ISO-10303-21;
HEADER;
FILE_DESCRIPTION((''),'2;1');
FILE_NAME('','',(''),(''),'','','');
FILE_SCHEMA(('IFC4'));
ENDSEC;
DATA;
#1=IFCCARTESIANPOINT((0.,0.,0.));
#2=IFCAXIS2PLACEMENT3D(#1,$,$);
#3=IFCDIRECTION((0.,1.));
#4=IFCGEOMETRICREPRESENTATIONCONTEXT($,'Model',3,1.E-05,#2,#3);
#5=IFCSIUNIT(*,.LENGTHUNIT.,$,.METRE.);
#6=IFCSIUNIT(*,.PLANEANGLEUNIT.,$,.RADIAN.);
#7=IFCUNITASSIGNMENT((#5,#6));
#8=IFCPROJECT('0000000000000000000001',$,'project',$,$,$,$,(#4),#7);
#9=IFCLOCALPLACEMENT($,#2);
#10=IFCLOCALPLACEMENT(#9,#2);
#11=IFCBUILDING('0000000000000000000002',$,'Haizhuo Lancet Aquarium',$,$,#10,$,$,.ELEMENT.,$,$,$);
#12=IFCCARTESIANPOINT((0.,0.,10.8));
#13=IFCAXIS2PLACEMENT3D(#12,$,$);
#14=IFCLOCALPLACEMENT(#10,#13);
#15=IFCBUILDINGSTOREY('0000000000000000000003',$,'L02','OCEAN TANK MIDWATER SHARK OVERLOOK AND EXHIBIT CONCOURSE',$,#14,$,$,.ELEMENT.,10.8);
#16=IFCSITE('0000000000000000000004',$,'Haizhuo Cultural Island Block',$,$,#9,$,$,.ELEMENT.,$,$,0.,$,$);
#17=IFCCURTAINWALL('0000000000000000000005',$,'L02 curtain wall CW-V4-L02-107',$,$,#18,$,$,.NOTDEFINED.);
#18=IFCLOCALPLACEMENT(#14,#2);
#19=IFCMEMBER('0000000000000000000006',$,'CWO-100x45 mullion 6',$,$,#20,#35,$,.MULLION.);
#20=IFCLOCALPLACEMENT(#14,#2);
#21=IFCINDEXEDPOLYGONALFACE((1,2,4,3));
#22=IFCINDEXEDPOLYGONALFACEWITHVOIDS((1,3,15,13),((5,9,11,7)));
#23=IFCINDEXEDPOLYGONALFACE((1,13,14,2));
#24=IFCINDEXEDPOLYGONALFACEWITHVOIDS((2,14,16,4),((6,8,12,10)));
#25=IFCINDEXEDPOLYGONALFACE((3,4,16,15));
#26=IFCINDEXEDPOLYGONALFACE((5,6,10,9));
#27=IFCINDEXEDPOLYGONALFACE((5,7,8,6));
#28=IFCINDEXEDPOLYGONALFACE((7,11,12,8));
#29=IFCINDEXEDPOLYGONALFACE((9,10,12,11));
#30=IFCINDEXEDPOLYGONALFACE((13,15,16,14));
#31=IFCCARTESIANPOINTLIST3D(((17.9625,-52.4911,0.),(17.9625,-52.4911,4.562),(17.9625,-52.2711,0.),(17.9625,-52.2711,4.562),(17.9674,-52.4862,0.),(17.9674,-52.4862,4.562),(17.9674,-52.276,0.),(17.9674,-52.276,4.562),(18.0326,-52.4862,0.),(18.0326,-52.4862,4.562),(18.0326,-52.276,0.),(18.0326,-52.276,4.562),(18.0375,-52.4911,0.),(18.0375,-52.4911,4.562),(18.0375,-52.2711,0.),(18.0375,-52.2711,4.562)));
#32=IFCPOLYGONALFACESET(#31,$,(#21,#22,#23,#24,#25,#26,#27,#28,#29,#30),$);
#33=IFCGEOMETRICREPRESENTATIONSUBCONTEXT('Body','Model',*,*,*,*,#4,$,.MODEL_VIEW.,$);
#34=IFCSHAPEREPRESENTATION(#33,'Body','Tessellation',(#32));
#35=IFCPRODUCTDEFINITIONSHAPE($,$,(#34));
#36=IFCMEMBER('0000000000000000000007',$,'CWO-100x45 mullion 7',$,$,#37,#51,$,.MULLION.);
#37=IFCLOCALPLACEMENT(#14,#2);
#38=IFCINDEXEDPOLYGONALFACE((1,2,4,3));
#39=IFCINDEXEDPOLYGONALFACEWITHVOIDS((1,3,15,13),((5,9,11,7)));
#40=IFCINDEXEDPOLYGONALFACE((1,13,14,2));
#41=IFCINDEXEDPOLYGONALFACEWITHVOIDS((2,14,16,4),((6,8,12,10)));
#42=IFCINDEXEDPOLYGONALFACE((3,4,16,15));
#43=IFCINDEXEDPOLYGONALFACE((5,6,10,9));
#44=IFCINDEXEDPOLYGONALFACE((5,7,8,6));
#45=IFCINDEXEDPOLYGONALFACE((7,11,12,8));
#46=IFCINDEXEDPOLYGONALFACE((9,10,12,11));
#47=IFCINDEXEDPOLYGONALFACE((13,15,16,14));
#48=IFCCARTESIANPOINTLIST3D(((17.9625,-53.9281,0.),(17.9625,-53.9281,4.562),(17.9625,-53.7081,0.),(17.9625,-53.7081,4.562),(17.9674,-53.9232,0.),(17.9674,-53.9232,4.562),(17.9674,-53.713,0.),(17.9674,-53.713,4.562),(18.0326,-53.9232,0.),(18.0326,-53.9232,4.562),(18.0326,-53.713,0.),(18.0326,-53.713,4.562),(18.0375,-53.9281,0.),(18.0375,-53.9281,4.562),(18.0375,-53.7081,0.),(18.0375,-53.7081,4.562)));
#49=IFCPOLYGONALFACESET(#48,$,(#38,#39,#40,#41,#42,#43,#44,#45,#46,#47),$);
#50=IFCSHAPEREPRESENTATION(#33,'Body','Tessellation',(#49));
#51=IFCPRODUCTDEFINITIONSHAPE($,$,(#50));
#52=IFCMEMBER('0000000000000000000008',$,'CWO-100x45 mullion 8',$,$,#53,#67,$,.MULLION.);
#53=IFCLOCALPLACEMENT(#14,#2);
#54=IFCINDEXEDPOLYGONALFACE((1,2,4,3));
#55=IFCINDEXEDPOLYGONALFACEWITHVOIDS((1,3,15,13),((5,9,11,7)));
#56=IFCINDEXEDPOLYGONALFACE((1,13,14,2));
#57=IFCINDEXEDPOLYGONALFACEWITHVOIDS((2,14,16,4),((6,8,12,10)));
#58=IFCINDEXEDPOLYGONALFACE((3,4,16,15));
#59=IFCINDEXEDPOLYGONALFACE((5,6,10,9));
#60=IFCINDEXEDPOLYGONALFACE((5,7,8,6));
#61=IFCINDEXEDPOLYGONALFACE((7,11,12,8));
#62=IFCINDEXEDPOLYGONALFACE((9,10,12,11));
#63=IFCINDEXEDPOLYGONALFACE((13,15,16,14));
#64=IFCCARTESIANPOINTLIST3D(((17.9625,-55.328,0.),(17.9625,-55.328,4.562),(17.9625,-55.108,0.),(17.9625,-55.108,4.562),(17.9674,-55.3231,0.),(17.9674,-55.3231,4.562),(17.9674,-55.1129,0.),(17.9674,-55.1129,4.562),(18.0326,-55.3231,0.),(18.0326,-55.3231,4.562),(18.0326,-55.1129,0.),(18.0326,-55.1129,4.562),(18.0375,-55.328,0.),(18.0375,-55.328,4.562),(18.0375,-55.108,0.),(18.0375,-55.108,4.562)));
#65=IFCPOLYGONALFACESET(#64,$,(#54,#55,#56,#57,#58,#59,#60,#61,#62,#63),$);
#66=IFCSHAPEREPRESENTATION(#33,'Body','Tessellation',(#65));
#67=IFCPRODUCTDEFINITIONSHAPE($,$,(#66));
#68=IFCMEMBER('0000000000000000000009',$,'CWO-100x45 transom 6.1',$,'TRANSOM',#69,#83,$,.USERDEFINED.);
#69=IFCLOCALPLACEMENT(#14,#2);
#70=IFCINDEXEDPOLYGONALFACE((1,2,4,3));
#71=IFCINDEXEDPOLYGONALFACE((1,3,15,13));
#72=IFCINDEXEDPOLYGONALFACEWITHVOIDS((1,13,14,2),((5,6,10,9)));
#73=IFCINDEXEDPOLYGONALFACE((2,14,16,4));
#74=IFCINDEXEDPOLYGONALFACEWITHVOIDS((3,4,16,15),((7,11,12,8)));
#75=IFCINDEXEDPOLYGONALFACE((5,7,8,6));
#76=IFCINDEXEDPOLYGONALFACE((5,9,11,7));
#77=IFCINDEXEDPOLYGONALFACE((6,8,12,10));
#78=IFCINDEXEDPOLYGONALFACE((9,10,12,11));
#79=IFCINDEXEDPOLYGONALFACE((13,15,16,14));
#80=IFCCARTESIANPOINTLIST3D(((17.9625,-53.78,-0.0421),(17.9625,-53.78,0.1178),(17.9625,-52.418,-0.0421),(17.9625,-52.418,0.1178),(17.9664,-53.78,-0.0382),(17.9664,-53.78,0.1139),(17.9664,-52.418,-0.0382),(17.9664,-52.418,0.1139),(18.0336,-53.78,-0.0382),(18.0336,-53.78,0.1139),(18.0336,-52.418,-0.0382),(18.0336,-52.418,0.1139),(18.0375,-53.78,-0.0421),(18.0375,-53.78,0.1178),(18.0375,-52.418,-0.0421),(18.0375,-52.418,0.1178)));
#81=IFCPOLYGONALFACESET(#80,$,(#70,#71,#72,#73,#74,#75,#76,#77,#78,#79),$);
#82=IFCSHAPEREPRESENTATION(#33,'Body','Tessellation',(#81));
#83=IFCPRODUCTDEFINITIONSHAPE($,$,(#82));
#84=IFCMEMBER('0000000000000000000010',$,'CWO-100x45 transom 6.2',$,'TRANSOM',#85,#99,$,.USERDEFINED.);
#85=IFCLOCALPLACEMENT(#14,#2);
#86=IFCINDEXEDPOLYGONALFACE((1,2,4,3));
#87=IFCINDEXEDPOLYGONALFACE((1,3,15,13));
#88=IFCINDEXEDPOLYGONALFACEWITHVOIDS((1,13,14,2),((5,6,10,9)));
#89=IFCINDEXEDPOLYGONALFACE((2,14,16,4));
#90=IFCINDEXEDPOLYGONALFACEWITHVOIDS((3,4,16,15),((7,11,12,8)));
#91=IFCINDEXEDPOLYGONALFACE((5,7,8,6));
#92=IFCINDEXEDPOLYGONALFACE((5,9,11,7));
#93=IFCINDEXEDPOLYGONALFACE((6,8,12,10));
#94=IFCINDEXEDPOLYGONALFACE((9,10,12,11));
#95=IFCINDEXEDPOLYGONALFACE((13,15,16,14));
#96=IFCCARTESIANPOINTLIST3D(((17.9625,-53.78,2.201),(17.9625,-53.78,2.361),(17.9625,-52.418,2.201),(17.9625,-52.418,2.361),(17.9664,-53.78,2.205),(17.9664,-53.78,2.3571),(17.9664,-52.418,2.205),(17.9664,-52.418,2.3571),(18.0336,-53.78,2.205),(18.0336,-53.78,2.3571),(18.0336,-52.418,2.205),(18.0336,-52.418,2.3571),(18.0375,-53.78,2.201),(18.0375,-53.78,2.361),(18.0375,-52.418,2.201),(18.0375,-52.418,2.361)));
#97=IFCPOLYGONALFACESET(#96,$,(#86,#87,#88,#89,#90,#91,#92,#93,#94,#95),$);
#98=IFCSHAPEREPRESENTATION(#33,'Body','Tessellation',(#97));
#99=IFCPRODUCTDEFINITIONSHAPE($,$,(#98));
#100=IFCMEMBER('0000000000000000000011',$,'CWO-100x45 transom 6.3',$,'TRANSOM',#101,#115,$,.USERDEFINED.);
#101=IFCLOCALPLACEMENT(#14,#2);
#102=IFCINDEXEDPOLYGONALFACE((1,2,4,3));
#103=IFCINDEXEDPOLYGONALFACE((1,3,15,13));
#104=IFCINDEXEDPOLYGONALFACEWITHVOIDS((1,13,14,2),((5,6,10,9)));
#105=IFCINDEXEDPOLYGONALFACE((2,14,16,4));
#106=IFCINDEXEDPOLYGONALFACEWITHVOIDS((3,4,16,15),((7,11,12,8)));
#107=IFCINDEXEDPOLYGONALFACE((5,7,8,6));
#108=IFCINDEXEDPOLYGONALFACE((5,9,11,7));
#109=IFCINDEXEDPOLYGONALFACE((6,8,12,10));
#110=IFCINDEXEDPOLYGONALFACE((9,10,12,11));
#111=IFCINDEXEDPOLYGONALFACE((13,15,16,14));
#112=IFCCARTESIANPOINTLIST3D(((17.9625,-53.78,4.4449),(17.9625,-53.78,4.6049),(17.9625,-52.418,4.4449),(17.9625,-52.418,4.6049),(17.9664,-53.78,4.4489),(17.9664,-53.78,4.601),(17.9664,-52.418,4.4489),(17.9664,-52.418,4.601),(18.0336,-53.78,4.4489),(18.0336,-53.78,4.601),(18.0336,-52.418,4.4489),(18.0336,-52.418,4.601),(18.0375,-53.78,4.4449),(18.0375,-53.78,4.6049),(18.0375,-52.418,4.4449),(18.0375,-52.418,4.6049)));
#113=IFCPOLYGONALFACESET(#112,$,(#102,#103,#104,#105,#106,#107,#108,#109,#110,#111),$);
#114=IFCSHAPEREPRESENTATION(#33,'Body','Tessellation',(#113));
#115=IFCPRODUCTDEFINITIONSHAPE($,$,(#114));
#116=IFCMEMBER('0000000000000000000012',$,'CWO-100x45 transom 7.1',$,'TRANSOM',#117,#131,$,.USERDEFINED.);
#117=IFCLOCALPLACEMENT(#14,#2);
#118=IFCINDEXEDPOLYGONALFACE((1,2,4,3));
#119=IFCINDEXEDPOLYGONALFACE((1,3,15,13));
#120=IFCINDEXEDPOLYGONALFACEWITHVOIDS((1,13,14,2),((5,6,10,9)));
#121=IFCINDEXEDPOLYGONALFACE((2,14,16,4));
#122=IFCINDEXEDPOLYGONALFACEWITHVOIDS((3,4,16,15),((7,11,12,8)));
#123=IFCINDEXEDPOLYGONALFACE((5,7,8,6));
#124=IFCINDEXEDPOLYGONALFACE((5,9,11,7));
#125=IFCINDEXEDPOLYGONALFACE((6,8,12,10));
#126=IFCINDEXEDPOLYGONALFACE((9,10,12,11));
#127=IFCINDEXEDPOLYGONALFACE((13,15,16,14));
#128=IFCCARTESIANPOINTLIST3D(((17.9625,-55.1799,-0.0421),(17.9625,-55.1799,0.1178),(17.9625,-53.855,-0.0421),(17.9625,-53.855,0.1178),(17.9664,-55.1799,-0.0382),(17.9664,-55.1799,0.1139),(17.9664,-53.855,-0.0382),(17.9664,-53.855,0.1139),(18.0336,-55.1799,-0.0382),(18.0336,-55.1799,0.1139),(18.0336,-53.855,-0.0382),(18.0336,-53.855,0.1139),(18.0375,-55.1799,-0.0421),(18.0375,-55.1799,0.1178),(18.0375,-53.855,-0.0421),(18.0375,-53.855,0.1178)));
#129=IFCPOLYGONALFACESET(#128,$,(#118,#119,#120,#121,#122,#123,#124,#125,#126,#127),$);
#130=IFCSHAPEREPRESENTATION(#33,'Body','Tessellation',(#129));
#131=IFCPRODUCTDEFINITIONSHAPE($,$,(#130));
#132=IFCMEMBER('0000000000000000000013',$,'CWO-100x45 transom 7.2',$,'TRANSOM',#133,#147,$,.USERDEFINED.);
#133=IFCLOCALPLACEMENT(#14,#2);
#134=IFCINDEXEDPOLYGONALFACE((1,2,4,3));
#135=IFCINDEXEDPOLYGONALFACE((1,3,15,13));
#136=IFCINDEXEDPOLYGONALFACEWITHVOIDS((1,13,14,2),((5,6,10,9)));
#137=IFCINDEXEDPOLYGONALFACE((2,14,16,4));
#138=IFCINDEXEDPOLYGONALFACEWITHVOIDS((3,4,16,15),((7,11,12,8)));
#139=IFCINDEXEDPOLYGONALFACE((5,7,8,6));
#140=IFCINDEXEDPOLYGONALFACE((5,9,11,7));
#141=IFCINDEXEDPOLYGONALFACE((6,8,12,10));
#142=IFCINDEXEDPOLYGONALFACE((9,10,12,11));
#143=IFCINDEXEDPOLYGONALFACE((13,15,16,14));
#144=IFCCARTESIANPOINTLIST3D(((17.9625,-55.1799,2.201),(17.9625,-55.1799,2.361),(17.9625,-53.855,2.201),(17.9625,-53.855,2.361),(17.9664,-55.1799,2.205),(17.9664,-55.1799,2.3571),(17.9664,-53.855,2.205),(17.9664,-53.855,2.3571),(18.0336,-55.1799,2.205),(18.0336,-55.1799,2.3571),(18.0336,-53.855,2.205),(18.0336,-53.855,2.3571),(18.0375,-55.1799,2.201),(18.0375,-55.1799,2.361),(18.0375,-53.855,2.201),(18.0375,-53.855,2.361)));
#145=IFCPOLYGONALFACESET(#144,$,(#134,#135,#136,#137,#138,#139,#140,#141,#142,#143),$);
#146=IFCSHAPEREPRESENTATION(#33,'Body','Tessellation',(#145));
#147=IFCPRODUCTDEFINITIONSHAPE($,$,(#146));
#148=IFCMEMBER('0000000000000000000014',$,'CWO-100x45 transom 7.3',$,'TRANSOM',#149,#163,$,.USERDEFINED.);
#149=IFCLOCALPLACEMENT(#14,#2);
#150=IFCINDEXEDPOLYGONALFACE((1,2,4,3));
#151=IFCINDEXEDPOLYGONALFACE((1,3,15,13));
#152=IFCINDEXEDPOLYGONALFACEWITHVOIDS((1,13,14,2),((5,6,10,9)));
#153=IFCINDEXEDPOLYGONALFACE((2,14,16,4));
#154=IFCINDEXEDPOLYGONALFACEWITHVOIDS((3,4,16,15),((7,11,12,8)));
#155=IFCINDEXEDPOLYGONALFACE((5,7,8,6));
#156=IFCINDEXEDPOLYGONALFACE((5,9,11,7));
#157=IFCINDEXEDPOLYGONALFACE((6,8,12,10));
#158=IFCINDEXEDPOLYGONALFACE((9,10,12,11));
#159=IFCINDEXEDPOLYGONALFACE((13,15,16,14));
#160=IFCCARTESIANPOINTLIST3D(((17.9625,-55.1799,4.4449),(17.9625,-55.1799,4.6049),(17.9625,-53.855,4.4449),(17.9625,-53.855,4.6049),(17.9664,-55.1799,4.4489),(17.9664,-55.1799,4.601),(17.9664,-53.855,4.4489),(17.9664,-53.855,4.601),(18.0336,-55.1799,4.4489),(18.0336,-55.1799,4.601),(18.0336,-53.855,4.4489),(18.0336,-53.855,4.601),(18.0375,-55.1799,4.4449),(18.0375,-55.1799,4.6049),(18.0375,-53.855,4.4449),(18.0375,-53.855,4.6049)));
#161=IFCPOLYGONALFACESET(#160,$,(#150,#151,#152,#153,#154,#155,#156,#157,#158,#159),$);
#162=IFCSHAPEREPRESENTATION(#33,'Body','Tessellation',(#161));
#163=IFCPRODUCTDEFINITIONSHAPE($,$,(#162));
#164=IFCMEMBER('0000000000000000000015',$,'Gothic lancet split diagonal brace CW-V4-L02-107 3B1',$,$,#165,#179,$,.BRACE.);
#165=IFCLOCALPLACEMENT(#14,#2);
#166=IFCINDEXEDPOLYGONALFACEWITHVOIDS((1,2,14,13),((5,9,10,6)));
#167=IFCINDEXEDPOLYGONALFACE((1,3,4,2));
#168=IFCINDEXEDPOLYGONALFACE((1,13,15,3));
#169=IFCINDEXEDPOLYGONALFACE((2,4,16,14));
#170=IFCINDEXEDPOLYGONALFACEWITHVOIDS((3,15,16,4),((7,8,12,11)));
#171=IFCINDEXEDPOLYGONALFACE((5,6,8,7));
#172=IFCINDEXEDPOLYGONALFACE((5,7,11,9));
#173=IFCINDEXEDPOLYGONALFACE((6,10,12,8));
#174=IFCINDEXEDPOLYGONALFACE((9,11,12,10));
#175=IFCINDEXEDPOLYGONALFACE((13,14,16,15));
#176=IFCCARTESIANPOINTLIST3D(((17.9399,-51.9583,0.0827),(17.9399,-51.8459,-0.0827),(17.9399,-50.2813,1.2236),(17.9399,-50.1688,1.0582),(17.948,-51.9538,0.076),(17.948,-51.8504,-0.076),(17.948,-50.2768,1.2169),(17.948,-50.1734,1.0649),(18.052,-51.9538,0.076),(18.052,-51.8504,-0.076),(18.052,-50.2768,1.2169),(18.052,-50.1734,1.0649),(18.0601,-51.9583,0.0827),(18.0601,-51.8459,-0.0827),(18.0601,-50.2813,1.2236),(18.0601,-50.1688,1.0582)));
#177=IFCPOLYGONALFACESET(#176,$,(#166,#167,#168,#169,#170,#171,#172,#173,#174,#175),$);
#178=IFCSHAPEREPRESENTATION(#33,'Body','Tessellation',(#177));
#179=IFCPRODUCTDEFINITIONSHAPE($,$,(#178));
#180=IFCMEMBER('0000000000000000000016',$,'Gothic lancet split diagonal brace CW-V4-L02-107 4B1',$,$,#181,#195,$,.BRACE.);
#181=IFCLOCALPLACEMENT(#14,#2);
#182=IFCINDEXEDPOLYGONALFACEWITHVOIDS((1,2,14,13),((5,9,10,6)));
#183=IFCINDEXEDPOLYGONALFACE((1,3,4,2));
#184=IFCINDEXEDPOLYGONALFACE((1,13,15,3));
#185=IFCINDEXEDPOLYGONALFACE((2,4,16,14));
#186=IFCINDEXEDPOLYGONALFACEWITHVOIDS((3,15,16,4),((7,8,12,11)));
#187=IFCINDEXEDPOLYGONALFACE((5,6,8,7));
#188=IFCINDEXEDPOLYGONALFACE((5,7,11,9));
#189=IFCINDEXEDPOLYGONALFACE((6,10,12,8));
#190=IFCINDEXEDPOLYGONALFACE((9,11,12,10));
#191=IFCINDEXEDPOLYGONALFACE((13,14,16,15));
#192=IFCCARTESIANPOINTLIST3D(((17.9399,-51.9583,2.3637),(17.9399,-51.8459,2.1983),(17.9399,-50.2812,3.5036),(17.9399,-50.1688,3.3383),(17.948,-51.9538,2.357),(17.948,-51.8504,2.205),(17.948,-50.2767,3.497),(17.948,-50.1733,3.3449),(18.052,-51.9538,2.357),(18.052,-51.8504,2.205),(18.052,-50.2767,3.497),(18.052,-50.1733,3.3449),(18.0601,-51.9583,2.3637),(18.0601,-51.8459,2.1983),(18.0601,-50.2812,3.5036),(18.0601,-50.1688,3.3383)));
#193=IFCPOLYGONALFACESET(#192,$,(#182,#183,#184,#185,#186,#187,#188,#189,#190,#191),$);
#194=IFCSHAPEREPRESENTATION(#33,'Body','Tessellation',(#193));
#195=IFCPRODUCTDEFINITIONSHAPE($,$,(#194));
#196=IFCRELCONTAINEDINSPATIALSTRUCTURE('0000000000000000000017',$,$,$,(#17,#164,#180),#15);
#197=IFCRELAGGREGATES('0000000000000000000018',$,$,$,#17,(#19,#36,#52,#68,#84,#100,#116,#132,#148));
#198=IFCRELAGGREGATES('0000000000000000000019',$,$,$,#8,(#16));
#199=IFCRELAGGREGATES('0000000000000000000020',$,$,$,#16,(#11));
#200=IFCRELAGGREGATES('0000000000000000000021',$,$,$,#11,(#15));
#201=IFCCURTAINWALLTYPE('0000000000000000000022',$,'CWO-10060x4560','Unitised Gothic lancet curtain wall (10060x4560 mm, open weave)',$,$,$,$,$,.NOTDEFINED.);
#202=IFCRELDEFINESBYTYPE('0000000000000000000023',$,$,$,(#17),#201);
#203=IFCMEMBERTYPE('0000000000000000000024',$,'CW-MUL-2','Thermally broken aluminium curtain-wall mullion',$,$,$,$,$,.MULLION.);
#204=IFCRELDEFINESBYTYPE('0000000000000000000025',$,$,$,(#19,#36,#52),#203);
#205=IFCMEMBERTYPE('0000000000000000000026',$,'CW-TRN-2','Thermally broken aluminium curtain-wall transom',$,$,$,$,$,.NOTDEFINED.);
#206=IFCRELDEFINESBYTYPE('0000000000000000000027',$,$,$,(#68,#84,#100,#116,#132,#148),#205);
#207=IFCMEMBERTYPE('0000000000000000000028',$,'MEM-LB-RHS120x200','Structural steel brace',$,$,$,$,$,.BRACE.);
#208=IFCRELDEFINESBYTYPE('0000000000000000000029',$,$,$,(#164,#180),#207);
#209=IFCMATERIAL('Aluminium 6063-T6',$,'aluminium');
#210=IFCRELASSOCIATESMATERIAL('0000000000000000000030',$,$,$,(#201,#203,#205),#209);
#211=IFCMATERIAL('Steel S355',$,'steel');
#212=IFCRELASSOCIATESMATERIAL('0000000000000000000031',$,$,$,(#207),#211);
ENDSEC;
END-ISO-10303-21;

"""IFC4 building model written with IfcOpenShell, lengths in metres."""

from ifc_helpers import new_model, si_unit, direction, frame, origin, origin_2d, place, context, subcontext, project, spatial, hollow_rectangle, extrude, material, material_profile, profile_set, type_object, element, aggregate, save


model = new_model("IFC4")

# Units and contexts
model_context = context("Model", 3, precision=1e-05, world=origin(), true_north=direction((0.0, 1.0)))
body_context = subcontext(model_context, "Body", "Model", "MODEL_VIEW")
ifc_project = project(units=[si_unit("LENGTHUNIT", "METRE"), si_unit("PLANEANGLEUNIT", "RADIAN")], contexts=[model_context])

# Site, building, storey
site_placement = place(None, origin())
site = spatial("IfcSite", under=ifc_project, at=site_placement, Name="Haizhuo Cultural Island Block", CompositionType="ELEMENT", RefElevation=0.0)
building_placement = place(site_placement, origin())
building = spatial("IfcBuilding", under=site, at=building_placement, Name="Haizhuo Lancet Aquarium", CompositionType="ELEMENT")
storey_placement = place(building_placement, frame((0.0, 0.0, 10.8)))
storey = spatial("IfcBuildingStorey", under=building, at=storey_placement, Name="L02", Description="OCEAN TANK MIDWATER SHARK OVERLOOK AND EXHIBIT CONCOURSE", CompositionType="ELEMENT", Elevation=10.8)

# Curtain wall, members
ifc_material_1 = material(Name="Aluminium 6063-T6", Category="aluminium")
curtain_wall_type = type_object("IfcCurtainWallType", Name="CWO-10060x4560", Description="Unitised Gothic lancet curtain wall (10060x4560 mm, open weave)", PredefinedType="NOTDEFINED", material=ifc_material_1)
curtain_wall_placement = place(storey_placement, origin())
curtain_wall = element("IfcCurtainWall", 1, at=curtain_wall_placement, inside=storey, type_object=curtain_wall_type, Name="L02 curtain wall CW-V4-L02-107", PredefinedType="NOTDEFINED")
ifc_material_profile_1 = material_profile(ifc_material_1, hollow_rectangle(XDim=0.075, YDim=0.22, WallThickness=0.0049, at=origin_2d()), Name="ALU-M 75x220x5")
ifc_profile_set_1 = profile_set([ifc_material_profile_1], Name="Aluminium 6063-T6")
member_type_1 = type_object("IfcMemberType", Name="CW-MUL-2", Description="Thermally broken aluminium curtain-wall mullion", PredefinedType="MULLION", material=ifc_profile_set_1)
member_1_placement = place(storey_placement, frame((18.0, -52.3811, 0.0), z_axis=(0.0, 0.0, 1.0), x_axis=(1.0, 0.0, 0.0)))
member_1 = element("IfcMember", 2, at=member_1_placement, type_object=member_type_1, Name="CWO-100x45 mullion 6", PredefinedType="MULLION", context=body_context, shape_type="SweptSolid", body=[
    extrude(hollow_rectangle(XDim=0.075, YDim=0.22, WallThickness=0.0049, at=origin_2d()), origin(), (0.0, 0.0, 1.0), 4.562),
])
member_2_placement = place(storey_placement, frame((18.0, -53.8181, 0.0), z_axis=(0.0, 0.0, 1.0), x_axis=(1.0, 0.0, 0.0)))
member_2 = element("IfcMember", 3, at=member_2_placement, type_object=member_type_1, Name="CWO-100x45 mullion 7", PredefinedType="MULLION", context=body_context, shape_type="SweptSolid", body=[
    extrude(hollow_rectangle(XDim=0.075, YDim=0.22, WallThickness=0.0049, at=origin_2d()), origin(), (0.0, 0.0, 1.0), 4.562),
])
member_3_placement = place(storey_placement, frame((18.0, -55.218, 0.0), z_axis=(0.0, 0.0, 1.0), x_axis=(1.0, 0.0, 0.0)))
member_3 = element("IfcMember", 4, at=member_3_placement, type_object=member_type_1, Name="CWO-100x45 mullion 8", PredefinedType="MULLION", context=body_context, shape_type="SweptSolid", body=[
    extrude(hollow_rectangle(XDim=0.075, YDim=0.22, WallThickness=0.0049, at=origin_2d()), origin(), (0.0, 0.0, 1.0), 4.562),
])
ifc_material_profile_2 = material_profile(ifc_material_1, hollow_rectangle(XDim=0.075, YDim=0.1599, WallThickness=0.0039, at=origin_2d()), Name="ALU-T 75x160x4")
ifc_profile_set_2 = profile_set([ifc_material_profile_2], Name="Aluminium 6063-T6")
member_type_2 = type_object("IfcMemberType", Name="CW-TRN-2", Description="Thermally broken aluminium curtain-wall transom", PredefinedType="NOTDEFINED", material=ifc_profile_set_2)
member_4_placement = place(storey_placement, frame((18.0, -52.418, 0.0378), z_axis=(0.0, -1.0, 0.0), x_axis=(1.0, 0.0, 0.0)))
member_4 = element("IfcMember", 5, at=member_4_placement, type_object=member_type_2, Name="CWO-100x45 transom 6.1", ObjectType="TRANSOM", PredefinedType="USERDEFINED", context=body_context, shape_type="SweptSolid", body=[
    extrude(hollow_rectangle(XDim=0.075, YDim=0.1599, WallThickness=0.0039, at=origin_2d()), origin(), (0.0, 0.0, 1.0), 1.3621),
])
member_5_placement = place(storey_placement, frame((18.0, -52.418, 2.281), z_axis=(0.0, -1.0, 0.0), x_axis=(1.0, 0.0, 0.0)))
member_5 = element("IfcMember", 6, at=member_5_placement, type_object=member_type_2, Name="CWO-100x45 transom 6.2", ObjectType="TRANSOM", PredefinedType="USERDEFINED", context=body_context, shape_type="SweptSolid", body=[
    extrude(hollow_rectangle(XDim=0.075, YDim=0.1599, WallThickness=0.0039, at=origin_2d()), origin(), (0.0, 0.0, 1.0), 1.3621),
])
member_6_placement = place(storey_placement, frame((18.0, -52.418, 4.5249), z_axis=(0.0, -1.0, 0.0), x_axis=(1.0, 0.0, 0.0)))
member_6 = element("IfcMember", 7, at=member_6_placement, type_object=member_type_2, Name="CWO-100x45 transom 6.3", ObjectType="TRANSOM", PredefinedType="USERDEFINED", context=body_context, shape_type="SweptSolid", body=[
    extrude(hollow_rectangle(XDim=0.075, YDim=0.1599, WallThickness=0.0039, at=origin_2d()), origin(), (0.0, 0.0, 1.0), 1.3621),
])
member_7_placement = place(storey_placement, frame((18.0, -53.855, 0.0378), z_axis=(0.0, -1.0, 0.0), x_axis=(1.0, 0.0, 0.0)))
member_7 = element("IfcMember", 8, at=member_7_placement, type_object=member_type_2, Name="CWO-100x45 transom 7.1", ObjectType="TRANSOM", PredefinedType="USERDEFINED", context=body_context, shape_type="SweptSolid", body=[
    extrude(hollow_rectangle(XDim=0.075, YDim=0.1599, WallThickness=0.0039, at=origin_2d()), origin(), (0.0, 0.0, 1.0), 1.325),
])
member_8_placement = place(storey_placement, frame((18.0, -53.855, 2.281), z_axis=(0.0, -1.0, 0.0), x_axis=(1.0, 0.0, 0.0)))
member_8 = element("IfcMember", 9, at=member_8_placement, type_object=member_type_2, Name="CWO-100x45 transom 7.2", ObjectType="TRANSOM", PredefinedType="USERDEFINED", context=body_context, shape_type="SweptSolid", body=[
    extrude(hollow_rectangle(XDim=0.075, YDim=0.1599, WallThickness=0.0039, at=origin_2d()), origin(), (0.0, 0.0, 1.0), 1.325),
])
member_9_placement = place(storey_placement, frame((18.0, -53.855, 4.5249), z_axis=(0.0, -1.0, 0.0), x_axis=(1.0, 0.0, 0.0)))
member_9 = element("IfcMember", 10, at=member_9_placement, type_object=member_type_2, Name="CWO-100x45 transom 7.3", ObjectType="TRANSOM", PredefinedType="USERDEFINED", context=body_context, shape_type="SweptSolid", body=[
    extrude(hollow_rectangle(XDim=0.075, YDim=0.1599, WallThickness=0.0039, at=origin_2d()), origin(), (0.0, 0.0, 1.0), 1.325),
])

# Members
ifc_material_2 = material(Name="Steel S355", Category="steel")
ifc_material_profile_3 = material_profile(ifc_material_2, hollow_rectangle(XDim=0.1201, YDim=0.2, WallThickness=0.0081, at=origin_2d()), Name="RHS 120x200x8")
ifc_profile_set_3 = profile_set([ifc_material_profile_3], Name="Steel S355")
member_type_3 = type_object("IfcMemberType", Name="MEM-LB-RHS120x200", Description="Structural steel brace", PredefinedType="BRACE", material=ifc_profile_set_3)
member_10_placement = place(storey_placement, frame((18.0, -51.9021, 0.0), z_axis=(0.0, 0.82681, 0.562481), x_axis=(-1.0, 0.0, 0.0)))
element("IfcMember", 11, at=member_10_placement, inside=storey, type_object=member_type_3, Name="Gothic lancet split diagonal brace CW-V4-L02-107 3B1", PredefinedType="BRACE", context=body_context, shape_type="SweptSolid", body=[
    extrude(hollow_rectangle(XDim=0.1201, YDim=0.2, WallThickness=0.0081, at=origin_2d()), origin(), (0.0, 0.0, 1.0), 2.0283),
])
member_11_placement = place(storey_placement, frame((18.0, -51.9021, 2.281), z_axis=(0.0, 0.827034, 0.562152), x_axis=(-1.0, 0.0, 0.0)))
element("IfcMember", 12, at=member_11_placement, inside=storey, type_object=member_type_3, Name="Gothic lancet split diagonal brace CW-V4-L02-107 4B1", PredefinedType="BRACE", context=body_context, shape_type="SweptSolid", body=[
    extrude(hollow_rectangle(XDim=0.1201, YDim=0.2, WallThickness=0.0081, at=origin_2d()), origin(), (0.0, 0.0, 1.0), 2.0278),
])

aggregate(curtain_wall, [member_1, member_2, member_3, member_4, member_5, member_6, member_7, member_8, member_9])

save(model, "model.ifc")
